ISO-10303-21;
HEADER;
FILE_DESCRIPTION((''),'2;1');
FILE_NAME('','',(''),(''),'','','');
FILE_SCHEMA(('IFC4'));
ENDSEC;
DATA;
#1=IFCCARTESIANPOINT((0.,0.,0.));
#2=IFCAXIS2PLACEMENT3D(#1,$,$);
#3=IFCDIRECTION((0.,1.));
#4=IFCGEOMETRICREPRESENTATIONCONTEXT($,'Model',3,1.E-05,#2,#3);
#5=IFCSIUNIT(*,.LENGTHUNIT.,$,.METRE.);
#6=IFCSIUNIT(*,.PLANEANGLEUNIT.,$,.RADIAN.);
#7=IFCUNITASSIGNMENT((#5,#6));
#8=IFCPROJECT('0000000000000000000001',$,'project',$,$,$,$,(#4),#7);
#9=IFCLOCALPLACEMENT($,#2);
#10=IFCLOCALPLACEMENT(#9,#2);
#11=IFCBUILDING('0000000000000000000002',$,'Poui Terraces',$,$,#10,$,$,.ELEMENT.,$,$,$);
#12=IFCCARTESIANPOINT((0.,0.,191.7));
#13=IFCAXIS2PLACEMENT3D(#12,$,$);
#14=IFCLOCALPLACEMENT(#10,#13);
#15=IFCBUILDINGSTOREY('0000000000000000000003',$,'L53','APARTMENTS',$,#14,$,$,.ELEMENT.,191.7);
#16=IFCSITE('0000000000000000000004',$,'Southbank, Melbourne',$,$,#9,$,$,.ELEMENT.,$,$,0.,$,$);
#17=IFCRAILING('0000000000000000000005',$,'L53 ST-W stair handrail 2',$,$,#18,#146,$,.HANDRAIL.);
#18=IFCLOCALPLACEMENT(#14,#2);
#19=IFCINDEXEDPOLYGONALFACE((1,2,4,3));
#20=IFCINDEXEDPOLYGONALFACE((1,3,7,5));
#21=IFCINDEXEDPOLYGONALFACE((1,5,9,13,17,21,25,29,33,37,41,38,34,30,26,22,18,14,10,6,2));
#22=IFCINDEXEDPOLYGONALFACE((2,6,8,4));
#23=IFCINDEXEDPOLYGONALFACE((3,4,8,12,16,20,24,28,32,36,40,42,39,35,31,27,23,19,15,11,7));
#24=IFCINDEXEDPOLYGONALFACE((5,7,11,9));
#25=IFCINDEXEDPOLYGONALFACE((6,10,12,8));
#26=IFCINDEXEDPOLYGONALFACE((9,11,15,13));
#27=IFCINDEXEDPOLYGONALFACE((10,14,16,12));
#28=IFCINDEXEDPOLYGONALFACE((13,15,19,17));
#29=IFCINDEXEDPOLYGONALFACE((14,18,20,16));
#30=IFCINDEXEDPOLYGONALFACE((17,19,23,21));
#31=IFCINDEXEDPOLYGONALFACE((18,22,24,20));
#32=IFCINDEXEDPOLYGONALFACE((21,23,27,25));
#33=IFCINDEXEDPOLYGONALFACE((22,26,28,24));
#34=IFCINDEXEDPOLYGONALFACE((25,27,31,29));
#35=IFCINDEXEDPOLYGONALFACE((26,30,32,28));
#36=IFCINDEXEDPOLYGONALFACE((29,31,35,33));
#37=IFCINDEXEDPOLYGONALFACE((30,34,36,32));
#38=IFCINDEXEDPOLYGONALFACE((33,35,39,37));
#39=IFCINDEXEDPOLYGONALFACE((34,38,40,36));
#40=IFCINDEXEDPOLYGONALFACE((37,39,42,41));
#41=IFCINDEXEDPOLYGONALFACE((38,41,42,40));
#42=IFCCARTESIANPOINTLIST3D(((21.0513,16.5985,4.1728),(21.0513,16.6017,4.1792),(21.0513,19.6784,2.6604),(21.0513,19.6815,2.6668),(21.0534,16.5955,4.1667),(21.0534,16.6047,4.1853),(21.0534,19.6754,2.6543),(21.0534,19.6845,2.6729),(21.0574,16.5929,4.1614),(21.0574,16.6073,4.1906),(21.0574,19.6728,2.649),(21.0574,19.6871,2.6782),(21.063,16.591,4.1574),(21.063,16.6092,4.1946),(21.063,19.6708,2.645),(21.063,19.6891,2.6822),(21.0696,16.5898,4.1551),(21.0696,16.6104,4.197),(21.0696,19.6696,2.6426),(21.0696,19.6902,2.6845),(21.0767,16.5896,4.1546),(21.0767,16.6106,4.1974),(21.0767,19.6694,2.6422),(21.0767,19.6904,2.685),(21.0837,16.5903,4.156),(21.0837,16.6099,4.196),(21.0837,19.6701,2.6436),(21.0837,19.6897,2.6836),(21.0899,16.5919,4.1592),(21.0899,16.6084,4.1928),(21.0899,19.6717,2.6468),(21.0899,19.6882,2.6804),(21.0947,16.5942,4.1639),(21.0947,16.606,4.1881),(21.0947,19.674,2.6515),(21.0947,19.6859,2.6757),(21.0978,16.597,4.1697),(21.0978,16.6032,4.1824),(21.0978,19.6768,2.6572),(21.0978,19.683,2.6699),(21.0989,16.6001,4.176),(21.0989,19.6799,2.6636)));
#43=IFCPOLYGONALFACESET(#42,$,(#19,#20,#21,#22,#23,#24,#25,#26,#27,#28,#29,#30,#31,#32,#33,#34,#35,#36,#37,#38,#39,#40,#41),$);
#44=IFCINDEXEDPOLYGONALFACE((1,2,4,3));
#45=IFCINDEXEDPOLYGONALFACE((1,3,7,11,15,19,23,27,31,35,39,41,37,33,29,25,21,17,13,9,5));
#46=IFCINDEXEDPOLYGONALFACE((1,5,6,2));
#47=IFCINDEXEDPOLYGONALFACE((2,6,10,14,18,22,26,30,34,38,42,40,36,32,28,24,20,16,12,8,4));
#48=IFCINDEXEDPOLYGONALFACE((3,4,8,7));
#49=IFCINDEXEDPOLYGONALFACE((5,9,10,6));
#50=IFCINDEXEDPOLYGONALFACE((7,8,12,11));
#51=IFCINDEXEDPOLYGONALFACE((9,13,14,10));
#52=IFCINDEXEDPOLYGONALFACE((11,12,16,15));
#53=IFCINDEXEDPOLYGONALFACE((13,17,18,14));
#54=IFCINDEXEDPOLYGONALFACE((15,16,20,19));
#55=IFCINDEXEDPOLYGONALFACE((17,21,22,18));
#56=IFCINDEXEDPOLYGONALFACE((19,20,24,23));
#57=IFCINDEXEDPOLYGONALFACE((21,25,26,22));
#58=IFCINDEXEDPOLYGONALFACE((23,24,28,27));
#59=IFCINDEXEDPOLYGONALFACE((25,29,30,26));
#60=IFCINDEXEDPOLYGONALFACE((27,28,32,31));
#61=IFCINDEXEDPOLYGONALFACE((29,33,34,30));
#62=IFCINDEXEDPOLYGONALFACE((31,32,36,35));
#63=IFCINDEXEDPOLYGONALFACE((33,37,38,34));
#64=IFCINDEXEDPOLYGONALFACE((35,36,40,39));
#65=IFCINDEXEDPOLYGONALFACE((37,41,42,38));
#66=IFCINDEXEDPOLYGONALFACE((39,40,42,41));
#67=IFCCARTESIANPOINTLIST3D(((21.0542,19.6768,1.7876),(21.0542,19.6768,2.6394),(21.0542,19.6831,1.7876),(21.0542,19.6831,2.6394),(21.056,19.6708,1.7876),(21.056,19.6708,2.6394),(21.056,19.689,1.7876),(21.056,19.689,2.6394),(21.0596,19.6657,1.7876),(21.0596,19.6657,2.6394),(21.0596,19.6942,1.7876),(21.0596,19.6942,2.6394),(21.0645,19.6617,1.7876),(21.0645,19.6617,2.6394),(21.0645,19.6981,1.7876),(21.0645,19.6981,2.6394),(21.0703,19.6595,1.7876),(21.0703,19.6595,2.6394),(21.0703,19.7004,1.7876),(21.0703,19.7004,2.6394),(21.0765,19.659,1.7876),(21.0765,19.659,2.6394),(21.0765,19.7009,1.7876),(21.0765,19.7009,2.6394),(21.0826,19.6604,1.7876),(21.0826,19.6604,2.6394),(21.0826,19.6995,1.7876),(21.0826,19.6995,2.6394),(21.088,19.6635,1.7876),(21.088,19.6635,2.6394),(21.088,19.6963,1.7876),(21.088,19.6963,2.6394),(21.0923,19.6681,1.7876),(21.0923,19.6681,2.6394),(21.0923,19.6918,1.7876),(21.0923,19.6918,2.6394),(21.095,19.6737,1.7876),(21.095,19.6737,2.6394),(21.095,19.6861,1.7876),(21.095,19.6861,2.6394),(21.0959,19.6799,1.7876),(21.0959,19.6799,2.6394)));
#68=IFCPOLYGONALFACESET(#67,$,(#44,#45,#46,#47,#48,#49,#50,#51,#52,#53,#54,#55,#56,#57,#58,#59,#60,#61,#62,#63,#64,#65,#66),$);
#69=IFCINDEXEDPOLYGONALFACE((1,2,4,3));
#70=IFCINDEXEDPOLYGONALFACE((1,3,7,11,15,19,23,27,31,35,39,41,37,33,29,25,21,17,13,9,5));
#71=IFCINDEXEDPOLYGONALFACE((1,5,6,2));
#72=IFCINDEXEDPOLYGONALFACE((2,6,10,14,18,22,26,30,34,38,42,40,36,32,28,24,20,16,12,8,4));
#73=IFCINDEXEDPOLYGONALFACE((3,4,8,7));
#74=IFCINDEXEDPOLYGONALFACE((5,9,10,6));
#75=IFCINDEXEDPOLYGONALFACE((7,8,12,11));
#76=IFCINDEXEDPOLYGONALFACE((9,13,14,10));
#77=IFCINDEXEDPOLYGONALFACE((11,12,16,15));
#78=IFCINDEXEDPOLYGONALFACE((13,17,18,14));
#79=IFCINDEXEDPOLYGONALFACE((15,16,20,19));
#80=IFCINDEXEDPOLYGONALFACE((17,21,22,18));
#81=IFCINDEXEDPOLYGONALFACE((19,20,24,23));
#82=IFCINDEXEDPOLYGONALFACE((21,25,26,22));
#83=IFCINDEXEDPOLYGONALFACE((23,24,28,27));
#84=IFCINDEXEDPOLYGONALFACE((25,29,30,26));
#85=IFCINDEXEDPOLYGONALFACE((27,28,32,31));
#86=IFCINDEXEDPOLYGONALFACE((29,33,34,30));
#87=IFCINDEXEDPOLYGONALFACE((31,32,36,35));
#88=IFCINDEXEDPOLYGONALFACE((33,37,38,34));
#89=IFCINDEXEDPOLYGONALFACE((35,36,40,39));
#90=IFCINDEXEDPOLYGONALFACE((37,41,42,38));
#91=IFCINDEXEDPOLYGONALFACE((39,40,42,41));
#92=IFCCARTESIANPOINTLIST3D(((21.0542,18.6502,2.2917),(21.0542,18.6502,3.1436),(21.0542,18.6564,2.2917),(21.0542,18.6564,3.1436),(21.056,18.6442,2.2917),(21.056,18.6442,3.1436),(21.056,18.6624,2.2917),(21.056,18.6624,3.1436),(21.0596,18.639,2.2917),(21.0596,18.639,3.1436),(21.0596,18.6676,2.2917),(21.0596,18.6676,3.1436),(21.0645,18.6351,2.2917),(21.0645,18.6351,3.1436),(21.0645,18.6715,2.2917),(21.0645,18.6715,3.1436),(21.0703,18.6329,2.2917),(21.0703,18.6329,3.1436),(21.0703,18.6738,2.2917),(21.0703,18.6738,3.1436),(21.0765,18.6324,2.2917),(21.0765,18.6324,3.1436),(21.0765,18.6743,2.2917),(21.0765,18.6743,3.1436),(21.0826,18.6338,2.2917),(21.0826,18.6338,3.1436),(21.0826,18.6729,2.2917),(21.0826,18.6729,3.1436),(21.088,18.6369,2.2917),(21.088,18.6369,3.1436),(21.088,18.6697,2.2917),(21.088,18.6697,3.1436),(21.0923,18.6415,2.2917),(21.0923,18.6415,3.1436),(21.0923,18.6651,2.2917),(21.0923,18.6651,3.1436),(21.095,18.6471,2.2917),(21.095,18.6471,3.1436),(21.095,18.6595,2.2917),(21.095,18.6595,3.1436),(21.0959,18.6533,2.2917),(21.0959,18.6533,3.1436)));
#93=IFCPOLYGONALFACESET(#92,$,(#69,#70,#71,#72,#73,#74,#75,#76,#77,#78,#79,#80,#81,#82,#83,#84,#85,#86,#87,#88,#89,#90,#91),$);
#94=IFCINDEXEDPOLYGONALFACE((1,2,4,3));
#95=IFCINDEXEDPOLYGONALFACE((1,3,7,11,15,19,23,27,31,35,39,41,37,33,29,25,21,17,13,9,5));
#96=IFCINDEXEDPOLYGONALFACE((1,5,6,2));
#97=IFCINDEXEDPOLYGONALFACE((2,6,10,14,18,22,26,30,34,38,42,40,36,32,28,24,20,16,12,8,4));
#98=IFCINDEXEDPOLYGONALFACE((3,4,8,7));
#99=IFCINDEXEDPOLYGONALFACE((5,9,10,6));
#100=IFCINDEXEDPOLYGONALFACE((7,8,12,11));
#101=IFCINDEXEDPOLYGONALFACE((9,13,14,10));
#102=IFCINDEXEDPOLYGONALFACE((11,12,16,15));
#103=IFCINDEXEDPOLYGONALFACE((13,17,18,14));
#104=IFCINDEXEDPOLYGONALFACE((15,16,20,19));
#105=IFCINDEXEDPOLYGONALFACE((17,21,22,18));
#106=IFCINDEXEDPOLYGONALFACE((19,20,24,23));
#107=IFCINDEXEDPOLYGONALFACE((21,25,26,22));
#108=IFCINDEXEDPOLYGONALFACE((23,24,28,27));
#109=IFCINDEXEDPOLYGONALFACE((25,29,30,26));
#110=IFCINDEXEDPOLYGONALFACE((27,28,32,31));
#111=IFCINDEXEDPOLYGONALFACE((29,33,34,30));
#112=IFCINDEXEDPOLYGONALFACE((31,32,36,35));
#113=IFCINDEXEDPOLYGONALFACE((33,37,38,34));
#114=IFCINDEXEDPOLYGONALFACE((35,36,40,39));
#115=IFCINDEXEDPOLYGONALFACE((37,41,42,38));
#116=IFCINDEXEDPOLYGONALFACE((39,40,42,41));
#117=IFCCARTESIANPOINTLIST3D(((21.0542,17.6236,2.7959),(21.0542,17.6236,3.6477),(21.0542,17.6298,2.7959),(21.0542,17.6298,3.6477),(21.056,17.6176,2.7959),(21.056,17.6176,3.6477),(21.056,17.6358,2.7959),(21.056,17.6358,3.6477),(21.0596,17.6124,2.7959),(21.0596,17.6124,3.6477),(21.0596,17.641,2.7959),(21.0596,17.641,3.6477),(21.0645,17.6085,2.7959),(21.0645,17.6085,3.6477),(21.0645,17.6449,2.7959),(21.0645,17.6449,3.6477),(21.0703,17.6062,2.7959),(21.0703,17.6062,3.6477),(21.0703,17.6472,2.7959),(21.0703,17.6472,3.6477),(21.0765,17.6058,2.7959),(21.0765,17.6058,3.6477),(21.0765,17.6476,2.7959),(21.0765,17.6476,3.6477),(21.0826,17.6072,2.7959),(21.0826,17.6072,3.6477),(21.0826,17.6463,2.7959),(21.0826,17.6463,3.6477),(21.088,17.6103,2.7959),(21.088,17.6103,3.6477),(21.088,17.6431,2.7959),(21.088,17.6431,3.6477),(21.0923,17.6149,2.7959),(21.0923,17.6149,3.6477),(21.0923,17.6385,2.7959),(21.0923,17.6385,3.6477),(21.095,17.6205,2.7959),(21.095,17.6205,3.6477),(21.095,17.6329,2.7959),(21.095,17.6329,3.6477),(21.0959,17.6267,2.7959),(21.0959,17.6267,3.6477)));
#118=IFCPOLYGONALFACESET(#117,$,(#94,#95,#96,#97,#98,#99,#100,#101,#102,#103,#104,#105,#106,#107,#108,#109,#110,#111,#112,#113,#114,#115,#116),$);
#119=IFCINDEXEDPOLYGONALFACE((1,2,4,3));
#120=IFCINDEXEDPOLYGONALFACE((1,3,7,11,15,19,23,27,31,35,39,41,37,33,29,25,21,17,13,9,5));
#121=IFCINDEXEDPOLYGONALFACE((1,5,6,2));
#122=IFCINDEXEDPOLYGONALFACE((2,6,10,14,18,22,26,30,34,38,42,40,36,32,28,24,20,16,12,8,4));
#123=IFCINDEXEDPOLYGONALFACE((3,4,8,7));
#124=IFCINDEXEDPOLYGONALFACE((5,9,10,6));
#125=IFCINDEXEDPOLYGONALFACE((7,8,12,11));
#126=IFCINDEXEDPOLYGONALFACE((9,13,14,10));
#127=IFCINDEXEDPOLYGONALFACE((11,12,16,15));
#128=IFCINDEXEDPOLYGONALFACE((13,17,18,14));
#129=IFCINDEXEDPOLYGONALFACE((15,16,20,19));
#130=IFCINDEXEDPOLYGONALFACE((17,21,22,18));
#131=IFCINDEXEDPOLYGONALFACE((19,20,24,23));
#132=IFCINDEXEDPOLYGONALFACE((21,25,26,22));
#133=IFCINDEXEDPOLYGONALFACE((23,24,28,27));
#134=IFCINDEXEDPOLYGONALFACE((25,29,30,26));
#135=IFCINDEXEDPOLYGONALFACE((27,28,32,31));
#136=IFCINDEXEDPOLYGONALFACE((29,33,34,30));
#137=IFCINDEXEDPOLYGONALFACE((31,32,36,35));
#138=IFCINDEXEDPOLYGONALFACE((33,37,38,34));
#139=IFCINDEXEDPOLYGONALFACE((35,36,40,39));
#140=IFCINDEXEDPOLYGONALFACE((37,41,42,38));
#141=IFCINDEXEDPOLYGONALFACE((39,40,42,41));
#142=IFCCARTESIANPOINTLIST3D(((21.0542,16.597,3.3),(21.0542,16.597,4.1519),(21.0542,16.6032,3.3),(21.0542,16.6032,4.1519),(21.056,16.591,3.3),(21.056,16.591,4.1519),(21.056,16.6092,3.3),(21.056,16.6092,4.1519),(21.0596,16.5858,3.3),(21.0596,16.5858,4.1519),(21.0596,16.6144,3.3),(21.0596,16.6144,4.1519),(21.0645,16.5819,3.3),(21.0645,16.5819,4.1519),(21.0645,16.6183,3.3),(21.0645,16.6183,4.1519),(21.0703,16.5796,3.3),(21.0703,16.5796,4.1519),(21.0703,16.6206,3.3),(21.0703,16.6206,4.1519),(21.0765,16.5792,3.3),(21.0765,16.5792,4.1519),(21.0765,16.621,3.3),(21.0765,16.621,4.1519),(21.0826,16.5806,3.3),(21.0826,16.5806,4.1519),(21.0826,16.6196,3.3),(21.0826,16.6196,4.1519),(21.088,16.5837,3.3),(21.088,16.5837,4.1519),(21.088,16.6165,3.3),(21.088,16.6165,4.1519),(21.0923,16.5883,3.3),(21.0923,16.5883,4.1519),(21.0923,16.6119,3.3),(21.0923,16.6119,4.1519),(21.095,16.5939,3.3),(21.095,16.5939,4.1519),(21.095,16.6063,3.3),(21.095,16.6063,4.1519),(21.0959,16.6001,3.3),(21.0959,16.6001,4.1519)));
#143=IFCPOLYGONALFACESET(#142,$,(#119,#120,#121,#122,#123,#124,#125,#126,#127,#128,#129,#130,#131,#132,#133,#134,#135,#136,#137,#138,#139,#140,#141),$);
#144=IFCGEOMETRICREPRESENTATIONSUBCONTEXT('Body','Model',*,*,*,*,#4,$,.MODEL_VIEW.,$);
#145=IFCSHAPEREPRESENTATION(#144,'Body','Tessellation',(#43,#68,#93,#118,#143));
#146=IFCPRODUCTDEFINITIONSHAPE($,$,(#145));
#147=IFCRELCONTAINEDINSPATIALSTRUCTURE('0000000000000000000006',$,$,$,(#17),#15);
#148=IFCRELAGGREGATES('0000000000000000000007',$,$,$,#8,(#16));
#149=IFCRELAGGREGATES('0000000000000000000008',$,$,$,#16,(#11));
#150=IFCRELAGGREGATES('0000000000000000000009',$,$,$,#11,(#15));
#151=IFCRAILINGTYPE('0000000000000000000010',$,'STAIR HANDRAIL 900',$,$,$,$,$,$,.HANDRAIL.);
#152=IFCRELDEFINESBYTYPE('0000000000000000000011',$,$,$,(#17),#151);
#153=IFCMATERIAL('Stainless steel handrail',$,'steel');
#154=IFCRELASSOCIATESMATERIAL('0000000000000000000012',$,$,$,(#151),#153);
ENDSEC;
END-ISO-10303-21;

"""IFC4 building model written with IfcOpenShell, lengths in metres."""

from ifc_helpers import new_model, si_unit, direction, frame, origin, origin_2d, place, context, subcontext, project, spatial, circle, extrude, material, type_object, element, save


model = new_model("IFC4")

# Units and contexts
model_context = context("Model", 3, precision=1e-05, world=origin(), true_north=direction((0.0, 1.0)))
body_context = subcontext(model_context, "Body", "Model", "MODEL_VIEW")
ifc_project = project(units=[si_unit("LENGTHUNIT", "METRE"), si_unit("PLANEANGLEUNIT", "RADIAN")], contexts=[model_context])

# Site, building, storey
site_placement = place(None, origin())
site = spatial("IfcSite", under=ifc_project, at=site_placement, Name="Southbank, Melbourne", CompositionType="ELEMENT", RefElevation=0.0)
building_placement = place(site_placement, origin())
building = spatial("IfcBuilding", under=site, at=building_placement, Name="Poui Terraces", CompositionType="ELEMENT")
storey_placement = place(building_placement, frame((0.0, 0.0, 191.7)))
storey = spatial("IfcBuildingStorey", under=building, at=storey_placement, Name="L53", Description="APARTMENTS", CompositionType="ELEMENT", Elevation=191.7)

# Railing
ifc_material_1 = material(Name="Stainless steel handrail", Category="steel")
railing_type_1 = type_object("IfcRailingType", Name="STAIR HANDRAIL 900", PredefinedType="HANDRAIL", material=ifc_material_1)
railing_1_placement = place(storey_placement, frame((21.075, 19.6799, 1.7876)))
element("IfcRailing", 1, at=railing_1_placement, inside=storey, type_object=railing_type_1, Name="L53 ST-W stair handrail 2", PredefinedType="HANDRAIL", context=body_context, shape_type="SweptSolid", body=[
    extrude(circle(Radius=0.0239, at=origin_2d()), frame((0.0, 0.0, 0.876), z_axis=(0.0, -0.897606, 0.440798), x_axis=(1.0, 0.0, 0.0)), (0.0, 0.0, 1.0), 3.4312),
    extrude(circle(Radius=0.021, at=origin_2d()), origin(), (0.0, 0.0, 1.0), 0.8518),
    extrude(circle(Radius=0.021, at=origin_2d()), frame((0.0, -1.0266, 0.5042)), (0.0, 0.0, 1.0), 0.8518),
    extrude(circle(Radius=0.021, at=origin_2d()), frame((0.0, -2.0532, 1.0083)), (0.0, 0.0, 1.0), 0.8518),
    extrude(circle(Radius=0.021, at=origin_2d()), frame((0.0, -3.0798, 1.5125)), (0.0, 0.0, 1.0), 0.8518),
])

save(model, "model.ifc")
